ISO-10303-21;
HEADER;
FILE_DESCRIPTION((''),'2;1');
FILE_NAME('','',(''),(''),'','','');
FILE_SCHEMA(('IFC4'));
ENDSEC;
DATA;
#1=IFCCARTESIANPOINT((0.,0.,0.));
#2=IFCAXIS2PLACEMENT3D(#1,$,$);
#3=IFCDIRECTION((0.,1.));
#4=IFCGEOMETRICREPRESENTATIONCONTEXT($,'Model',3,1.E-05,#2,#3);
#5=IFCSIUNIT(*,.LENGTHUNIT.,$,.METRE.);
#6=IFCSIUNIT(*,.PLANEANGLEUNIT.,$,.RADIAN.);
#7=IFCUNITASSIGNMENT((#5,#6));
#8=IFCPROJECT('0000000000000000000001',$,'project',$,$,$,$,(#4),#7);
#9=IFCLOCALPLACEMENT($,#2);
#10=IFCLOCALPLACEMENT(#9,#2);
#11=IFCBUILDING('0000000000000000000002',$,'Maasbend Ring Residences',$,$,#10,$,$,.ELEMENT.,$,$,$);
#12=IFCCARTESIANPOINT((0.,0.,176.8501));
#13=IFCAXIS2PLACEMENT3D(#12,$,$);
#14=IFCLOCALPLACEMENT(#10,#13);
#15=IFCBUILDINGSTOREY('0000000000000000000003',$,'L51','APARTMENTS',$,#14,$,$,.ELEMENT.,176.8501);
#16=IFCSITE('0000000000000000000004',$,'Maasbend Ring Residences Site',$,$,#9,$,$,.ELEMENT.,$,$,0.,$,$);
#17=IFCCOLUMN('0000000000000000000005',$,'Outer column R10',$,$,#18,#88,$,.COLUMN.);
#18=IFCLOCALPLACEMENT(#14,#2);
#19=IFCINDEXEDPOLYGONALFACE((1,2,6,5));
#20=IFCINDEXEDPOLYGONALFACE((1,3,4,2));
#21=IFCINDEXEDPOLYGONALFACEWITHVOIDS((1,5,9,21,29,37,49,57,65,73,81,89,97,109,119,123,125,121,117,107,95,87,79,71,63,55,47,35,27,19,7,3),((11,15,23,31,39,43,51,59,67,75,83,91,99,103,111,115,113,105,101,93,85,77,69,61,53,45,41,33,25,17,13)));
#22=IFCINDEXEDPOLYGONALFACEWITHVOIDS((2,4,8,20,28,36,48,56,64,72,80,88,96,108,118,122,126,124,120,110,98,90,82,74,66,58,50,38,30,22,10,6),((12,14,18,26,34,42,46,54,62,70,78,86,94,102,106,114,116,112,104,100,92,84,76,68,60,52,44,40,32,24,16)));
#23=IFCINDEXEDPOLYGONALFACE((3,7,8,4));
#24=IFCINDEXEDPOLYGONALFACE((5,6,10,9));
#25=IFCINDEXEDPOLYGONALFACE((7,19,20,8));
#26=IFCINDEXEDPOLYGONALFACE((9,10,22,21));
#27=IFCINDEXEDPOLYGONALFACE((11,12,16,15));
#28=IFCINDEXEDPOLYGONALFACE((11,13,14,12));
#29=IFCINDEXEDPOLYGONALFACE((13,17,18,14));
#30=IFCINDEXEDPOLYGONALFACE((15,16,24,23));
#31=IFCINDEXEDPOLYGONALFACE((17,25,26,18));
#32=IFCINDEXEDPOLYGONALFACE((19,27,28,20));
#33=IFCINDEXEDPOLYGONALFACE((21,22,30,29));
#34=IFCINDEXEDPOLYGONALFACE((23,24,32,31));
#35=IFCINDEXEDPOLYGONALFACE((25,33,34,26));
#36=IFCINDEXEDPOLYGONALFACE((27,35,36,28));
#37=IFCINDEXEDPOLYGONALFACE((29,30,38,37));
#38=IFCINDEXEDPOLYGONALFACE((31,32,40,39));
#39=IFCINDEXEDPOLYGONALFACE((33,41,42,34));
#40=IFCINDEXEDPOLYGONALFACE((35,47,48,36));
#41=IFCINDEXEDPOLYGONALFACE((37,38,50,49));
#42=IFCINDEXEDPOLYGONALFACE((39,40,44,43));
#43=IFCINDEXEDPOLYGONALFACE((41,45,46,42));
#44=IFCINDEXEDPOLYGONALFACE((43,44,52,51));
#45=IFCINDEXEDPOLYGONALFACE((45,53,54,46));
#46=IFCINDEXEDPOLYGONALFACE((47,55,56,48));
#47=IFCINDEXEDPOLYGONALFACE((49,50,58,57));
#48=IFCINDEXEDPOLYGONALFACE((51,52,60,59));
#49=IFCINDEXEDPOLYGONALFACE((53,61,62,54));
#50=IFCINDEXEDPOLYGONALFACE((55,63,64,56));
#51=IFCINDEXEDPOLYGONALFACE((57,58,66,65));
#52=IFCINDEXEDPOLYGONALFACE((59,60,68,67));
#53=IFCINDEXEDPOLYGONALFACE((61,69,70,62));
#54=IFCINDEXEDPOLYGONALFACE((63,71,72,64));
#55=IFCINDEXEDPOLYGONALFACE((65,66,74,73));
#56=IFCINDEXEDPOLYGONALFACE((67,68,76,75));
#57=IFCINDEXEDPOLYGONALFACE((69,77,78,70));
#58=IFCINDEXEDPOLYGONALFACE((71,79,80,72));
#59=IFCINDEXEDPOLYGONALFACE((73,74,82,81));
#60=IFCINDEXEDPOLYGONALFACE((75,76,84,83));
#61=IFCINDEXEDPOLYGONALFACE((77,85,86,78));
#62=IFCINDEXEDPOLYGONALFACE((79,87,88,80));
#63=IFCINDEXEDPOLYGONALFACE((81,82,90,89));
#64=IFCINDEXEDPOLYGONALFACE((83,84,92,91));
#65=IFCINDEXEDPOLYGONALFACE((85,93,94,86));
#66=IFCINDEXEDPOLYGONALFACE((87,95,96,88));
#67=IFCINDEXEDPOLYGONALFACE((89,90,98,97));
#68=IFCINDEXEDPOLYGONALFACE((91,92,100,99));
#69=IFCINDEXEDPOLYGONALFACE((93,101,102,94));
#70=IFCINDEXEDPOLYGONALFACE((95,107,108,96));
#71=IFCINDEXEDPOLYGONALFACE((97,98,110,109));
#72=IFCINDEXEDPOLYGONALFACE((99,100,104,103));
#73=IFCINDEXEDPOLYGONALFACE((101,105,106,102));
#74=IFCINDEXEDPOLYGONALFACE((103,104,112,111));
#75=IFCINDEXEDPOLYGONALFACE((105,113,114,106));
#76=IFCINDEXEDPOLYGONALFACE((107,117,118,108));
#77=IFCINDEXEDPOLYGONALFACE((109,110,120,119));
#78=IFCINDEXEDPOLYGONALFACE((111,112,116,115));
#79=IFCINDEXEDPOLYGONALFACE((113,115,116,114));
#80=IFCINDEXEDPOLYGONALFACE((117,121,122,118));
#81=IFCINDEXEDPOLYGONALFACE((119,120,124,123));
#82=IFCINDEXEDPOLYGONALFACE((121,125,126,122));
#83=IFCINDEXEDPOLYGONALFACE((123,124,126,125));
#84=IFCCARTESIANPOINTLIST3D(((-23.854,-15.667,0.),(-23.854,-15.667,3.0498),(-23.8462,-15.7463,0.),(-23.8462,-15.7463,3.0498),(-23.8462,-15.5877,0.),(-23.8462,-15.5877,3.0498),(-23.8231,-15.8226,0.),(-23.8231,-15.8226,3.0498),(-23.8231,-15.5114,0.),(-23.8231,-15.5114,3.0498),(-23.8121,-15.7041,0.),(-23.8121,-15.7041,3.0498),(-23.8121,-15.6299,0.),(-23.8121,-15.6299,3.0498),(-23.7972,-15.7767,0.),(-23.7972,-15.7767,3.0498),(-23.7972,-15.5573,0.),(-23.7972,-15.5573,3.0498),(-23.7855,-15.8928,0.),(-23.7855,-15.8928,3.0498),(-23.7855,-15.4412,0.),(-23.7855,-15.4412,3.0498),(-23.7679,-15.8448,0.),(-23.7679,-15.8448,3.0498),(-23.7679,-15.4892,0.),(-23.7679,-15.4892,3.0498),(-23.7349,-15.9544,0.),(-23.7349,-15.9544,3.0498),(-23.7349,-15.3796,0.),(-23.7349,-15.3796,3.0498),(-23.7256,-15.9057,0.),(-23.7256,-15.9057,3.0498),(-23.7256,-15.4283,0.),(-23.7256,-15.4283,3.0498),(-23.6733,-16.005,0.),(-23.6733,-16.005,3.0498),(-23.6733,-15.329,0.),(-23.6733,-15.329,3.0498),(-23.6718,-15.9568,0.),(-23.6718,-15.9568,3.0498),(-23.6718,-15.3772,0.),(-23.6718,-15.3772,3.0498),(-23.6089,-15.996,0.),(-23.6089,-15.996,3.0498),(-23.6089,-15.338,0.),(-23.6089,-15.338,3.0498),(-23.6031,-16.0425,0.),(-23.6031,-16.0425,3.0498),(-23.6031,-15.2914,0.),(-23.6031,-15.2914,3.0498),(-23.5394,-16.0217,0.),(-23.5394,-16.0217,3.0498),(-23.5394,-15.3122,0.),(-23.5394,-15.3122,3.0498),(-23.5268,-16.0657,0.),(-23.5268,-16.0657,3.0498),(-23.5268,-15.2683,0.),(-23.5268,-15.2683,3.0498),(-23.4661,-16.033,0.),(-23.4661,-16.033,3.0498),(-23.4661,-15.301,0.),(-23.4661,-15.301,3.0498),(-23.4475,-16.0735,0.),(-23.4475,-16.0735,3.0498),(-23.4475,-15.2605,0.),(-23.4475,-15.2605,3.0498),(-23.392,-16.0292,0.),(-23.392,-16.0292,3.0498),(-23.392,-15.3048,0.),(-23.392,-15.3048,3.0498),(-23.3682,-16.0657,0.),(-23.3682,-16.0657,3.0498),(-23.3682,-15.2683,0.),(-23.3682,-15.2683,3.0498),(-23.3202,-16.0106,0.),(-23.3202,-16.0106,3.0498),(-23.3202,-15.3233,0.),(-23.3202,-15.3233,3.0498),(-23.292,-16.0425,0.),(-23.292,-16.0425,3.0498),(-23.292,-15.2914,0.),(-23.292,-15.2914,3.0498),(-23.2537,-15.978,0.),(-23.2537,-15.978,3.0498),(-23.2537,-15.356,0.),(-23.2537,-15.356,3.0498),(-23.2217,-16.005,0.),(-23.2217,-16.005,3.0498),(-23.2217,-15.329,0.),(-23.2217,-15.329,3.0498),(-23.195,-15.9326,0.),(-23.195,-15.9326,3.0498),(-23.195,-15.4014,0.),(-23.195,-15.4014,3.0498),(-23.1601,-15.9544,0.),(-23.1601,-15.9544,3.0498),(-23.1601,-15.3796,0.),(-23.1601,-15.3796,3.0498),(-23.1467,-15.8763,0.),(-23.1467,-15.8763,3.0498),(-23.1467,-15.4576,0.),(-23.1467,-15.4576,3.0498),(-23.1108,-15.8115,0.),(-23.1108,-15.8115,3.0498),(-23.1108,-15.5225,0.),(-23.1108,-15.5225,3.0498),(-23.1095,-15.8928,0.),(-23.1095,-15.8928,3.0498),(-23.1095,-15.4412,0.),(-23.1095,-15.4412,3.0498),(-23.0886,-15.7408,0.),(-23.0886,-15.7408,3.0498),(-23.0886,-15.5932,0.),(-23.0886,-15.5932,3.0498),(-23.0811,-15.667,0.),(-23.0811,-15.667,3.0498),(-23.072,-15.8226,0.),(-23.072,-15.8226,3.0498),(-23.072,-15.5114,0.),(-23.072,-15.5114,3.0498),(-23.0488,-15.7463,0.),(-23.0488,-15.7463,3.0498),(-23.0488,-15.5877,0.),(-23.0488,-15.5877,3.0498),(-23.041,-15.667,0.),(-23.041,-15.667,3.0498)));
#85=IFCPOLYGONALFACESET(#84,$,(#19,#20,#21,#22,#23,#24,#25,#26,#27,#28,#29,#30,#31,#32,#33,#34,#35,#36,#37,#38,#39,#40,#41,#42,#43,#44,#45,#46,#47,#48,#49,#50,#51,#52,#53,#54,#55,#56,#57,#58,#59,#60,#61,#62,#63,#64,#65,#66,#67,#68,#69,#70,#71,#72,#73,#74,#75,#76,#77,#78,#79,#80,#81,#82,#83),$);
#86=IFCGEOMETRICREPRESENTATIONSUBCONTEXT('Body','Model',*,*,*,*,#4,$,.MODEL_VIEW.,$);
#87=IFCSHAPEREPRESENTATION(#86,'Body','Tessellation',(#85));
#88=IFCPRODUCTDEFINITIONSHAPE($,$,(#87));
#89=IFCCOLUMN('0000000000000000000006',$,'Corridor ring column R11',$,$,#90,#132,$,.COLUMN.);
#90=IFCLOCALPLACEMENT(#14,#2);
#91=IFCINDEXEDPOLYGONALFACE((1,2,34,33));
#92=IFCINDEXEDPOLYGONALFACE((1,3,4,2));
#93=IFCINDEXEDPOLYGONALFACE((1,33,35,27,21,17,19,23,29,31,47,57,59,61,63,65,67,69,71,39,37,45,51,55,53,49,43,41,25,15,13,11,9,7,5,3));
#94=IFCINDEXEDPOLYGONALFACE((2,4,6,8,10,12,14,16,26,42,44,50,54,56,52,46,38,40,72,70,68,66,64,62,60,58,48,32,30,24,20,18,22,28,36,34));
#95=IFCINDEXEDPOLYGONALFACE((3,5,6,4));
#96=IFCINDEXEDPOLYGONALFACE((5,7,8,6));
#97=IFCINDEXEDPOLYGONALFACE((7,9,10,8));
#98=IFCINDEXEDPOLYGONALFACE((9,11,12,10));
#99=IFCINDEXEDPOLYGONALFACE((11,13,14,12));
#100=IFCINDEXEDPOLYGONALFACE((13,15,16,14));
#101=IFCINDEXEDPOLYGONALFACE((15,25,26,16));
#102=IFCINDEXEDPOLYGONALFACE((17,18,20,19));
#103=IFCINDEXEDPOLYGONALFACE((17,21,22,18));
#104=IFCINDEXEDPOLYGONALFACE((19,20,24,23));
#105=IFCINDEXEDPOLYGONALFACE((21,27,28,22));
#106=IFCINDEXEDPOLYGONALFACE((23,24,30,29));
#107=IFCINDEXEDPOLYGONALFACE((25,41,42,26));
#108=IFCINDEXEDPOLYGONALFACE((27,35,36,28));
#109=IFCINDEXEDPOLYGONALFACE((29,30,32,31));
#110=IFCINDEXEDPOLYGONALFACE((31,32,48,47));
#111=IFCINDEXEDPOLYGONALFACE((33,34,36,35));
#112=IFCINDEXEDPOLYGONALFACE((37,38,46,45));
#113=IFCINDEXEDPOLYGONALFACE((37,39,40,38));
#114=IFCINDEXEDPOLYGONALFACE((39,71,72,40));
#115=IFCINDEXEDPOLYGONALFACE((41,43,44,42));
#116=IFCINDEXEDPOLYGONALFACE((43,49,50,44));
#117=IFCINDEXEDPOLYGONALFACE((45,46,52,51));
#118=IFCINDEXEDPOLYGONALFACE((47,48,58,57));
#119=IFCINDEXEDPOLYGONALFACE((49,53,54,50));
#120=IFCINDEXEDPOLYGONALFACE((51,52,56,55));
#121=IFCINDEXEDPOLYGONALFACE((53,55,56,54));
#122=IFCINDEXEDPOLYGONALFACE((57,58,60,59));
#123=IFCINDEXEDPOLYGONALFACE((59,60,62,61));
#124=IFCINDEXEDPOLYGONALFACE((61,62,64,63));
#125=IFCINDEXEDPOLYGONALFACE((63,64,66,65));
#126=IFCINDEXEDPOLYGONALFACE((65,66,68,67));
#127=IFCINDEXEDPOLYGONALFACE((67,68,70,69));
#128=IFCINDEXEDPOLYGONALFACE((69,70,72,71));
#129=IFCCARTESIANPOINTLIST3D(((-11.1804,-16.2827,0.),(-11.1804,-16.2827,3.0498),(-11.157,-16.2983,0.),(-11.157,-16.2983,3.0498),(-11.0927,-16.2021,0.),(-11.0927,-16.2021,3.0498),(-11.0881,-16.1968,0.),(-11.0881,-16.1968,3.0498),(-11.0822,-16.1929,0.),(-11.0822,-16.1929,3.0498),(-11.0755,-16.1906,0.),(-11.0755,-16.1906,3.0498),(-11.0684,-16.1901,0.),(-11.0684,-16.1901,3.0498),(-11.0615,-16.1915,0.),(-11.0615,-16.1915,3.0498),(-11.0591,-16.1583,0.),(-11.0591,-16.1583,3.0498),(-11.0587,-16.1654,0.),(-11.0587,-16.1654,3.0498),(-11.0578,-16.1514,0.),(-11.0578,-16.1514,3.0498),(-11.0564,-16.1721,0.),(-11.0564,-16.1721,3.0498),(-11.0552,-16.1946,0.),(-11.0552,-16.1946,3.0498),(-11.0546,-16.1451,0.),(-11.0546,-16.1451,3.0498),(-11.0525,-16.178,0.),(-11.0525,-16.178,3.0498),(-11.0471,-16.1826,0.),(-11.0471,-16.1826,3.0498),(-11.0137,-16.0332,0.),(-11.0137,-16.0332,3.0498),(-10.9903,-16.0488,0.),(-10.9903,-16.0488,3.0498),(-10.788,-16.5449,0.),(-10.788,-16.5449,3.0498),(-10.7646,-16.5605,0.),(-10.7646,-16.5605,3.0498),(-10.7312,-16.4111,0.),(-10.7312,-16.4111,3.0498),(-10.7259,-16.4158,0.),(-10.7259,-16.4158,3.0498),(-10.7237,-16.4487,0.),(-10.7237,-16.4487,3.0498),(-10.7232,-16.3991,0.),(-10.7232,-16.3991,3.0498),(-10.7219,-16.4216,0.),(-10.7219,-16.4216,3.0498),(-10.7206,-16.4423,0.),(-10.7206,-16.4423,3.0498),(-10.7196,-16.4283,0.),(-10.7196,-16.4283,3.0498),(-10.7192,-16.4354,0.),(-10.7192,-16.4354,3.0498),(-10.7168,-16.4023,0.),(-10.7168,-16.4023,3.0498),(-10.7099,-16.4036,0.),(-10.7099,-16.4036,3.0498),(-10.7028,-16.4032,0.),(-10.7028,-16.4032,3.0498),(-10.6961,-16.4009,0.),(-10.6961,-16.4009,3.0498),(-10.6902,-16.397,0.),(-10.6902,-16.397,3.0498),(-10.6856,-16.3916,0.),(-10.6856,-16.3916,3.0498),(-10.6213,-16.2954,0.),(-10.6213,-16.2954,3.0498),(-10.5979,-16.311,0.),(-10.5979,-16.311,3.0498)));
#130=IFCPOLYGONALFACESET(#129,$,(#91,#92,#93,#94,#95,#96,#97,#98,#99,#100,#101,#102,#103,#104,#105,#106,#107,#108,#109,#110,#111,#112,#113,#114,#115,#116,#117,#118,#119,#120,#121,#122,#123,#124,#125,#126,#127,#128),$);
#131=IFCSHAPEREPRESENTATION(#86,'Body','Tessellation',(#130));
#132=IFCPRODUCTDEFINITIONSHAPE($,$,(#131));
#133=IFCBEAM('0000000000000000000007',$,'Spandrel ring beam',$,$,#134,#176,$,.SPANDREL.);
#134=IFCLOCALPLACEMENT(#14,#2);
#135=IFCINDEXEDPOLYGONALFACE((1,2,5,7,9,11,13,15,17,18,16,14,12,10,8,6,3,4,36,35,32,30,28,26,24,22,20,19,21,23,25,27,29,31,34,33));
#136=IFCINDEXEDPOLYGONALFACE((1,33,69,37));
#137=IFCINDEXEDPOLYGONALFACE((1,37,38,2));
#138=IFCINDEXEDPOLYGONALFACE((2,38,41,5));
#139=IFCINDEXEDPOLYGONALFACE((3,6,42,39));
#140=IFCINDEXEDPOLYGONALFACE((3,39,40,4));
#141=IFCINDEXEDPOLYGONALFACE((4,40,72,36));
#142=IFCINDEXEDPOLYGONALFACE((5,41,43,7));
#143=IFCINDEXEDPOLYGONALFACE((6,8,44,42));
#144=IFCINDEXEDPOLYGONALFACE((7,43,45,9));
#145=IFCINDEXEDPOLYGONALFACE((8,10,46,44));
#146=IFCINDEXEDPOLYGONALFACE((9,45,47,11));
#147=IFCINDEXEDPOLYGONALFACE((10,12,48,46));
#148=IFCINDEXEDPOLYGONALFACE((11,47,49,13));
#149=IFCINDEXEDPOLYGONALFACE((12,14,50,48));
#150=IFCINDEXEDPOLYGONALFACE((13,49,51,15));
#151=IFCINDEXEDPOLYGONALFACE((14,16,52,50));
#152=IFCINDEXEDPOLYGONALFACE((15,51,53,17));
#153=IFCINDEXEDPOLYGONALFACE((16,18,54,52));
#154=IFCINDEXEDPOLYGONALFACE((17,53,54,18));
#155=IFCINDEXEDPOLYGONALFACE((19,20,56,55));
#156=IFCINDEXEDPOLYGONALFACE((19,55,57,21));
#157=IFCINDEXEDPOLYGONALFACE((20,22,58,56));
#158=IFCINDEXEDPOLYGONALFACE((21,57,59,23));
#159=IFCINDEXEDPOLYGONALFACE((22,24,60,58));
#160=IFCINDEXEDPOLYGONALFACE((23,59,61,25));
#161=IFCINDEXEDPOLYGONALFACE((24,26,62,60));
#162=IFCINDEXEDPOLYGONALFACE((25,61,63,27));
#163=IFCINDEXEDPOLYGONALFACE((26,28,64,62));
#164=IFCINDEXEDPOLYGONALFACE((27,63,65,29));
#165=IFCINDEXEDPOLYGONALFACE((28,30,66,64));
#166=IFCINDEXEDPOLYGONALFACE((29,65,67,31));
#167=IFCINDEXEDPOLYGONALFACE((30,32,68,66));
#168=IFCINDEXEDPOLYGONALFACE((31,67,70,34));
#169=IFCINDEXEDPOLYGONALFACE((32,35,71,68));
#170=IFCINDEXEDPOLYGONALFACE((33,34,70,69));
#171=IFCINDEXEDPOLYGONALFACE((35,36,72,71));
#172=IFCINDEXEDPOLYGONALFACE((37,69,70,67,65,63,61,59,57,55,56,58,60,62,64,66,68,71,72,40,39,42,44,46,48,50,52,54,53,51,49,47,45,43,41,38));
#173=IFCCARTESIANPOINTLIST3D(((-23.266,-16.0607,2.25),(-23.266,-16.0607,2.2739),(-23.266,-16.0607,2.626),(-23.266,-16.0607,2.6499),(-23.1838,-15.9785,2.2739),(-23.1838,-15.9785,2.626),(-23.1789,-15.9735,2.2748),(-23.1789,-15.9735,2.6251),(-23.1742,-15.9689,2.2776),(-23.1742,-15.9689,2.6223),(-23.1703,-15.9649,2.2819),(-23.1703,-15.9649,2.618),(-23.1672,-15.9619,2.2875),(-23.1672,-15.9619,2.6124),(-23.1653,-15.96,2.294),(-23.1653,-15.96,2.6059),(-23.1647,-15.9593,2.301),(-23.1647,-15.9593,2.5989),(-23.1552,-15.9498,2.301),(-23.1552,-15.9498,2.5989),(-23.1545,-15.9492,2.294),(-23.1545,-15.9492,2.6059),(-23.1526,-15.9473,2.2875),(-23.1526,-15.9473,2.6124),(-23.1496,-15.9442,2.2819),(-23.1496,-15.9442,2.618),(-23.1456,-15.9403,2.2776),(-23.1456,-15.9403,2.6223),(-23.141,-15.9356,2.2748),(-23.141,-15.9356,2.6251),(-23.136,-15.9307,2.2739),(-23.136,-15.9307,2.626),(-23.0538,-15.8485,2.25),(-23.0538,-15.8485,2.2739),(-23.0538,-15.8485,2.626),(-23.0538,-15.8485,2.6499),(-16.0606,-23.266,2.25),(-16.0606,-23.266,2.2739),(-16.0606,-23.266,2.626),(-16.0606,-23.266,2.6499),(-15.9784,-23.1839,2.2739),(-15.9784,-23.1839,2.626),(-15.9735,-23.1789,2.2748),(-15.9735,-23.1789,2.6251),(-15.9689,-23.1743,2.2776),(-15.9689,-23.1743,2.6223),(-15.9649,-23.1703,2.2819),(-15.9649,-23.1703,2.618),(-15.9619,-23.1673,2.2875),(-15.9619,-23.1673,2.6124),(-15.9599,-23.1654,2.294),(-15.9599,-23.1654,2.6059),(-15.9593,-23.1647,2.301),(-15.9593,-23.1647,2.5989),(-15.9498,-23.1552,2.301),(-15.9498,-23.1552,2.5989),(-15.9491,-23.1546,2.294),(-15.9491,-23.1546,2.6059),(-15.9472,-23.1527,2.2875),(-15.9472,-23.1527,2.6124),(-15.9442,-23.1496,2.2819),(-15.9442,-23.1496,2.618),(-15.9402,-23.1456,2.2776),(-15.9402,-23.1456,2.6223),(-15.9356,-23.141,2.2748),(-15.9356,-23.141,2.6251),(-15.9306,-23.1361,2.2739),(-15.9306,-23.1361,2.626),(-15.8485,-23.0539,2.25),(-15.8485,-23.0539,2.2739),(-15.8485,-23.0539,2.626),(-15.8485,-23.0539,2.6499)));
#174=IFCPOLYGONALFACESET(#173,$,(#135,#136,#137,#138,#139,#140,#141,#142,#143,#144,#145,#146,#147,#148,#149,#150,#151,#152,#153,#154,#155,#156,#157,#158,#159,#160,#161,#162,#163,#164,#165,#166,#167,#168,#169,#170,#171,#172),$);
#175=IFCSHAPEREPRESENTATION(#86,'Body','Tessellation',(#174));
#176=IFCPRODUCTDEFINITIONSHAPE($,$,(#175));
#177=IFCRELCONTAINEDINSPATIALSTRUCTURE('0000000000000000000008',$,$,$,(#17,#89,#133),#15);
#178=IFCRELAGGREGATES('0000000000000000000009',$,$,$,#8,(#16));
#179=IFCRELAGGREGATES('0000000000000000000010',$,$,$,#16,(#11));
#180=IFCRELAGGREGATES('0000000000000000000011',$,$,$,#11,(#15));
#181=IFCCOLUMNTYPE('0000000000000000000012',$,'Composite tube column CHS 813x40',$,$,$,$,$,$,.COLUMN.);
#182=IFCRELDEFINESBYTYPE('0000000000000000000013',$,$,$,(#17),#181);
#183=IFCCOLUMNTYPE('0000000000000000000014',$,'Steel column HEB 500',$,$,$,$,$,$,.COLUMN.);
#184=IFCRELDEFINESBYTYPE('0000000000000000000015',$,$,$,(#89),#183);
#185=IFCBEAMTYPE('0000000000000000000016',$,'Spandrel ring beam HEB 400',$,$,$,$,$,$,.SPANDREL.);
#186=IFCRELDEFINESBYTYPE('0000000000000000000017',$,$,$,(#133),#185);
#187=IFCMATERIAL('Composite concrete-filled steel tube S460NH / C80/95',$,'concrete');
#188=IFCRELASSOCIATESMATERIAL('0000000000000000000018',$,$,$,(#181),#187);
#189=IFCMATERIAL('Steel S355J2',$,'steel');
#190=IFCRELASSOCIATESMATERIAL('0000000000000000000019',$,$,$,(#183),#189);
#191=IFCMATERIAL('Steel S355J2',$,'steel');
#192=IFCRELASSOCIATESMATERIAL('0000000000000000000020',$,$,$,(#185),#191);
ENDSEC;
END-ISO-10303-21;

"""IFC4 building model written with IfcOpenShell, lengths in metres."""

from ifc_helpers import new_model, si_unit, direction, frame, origin, origin_2d, place, context, subcontext, project, spatial, hollow_circle, i_section, extrude, material, material_profile, profile_set, type_object, element, save


model = new_model("IFC4")

# Units and contexts
model_context = context("Model", 3, precision=1e-05, world=origin(), true_north=direction((0.0, 1.0)))
body_context = subcontext(model_context, "Body", "Model", "MODEL_VIEW")
ifc_project = project(units=[si_unit("LENGTHUNIT", "METRE"), si_unit("PLANEANGLEUNIT", "RADIAN")], contexts=[model_context])

# Site, building, storey
site_placement = place(None, origin())
site = spatial("IfcSite", under=ifc_project, at=site_placement, Name="Maasbend Ring Residences Site", CompositionType="ELEMENT", RefElevation=0.0)
building_placement = place(site_placement, origin())
building = spatial("IfcBuilding", under=site, at=building_placement, Name="Maasbend Ring Residences", CompositionType="ELEMENT")
storey_placement = place(building_placement, frame((0.0, 0.0, 176.8501)))
storey = spatial("IfcBuildingStorey", under=building, at=storey_placement, Name="L51", Description="APARTMENTS", CompositionType="ELEMENT", Elevation=176.8501)

# Columns
ifc_material_1 = material(Name="Composite concrete-filled steel tube S460NH / C80/95", Category="concrete")
ifc_material_profile_1 = material_profile(ifc_material_1, hollow_circle(Radius=0.4065, WallThickness=0.04, at=origin_2d()), Name="Composite tube column CHS 813x40")
ifc_profile_set_1 = profile_set([ifc_material_profile_1], Name="Composite concrete-filled steel tube S460NH / C80/95")
column_type_1 = type_object("IfcColumnType", Name="Composite tube column CHS 813x40", PredefinedType="COLUMN", material=ifc_profile_set_1)
column_1_placement = place(storey_placement, frame((-23.4475, -15.667, 0.0), z_axis=(0.0, 0.0, 1.0), x_axis=(1.0, 0.0, 0.0)))
element("IfcColumn", 1, at=column_1_placement, inside=storey, type_object=column_type_1, Name="Outer column R10", PredefinedType="COLUMN", context=body_context, shape_type="SweptSolid", body=[
    extrude(hollow_circle(Radius=0.4065, WallThickness=0.04, at=origin_2d()), origin(), (0.0, 0.0, 1.0), 3.0498),
])
ifc_material_2 = material(Name="Steel S355J2", Category="steel")
ifc_material_profile_2 = material_profile(ifc_material_2, i_section(OverallWidth=0.3, OverallDepth=0.5, WebThickness=0.0144, FlangeThickness=0.0281, FilletRadius=0.0271, at=origin_2d()), Name="HEB 500")
ifc_profile_set_2 = profile_set([ifc_material_profile_2], Name="Steel S355J2")
column_type_2 = type_object("IfcColumnType", Name="Steel column HEB 500", PredefinedType="COLUMN", material=ifc_profile_set_2)
column_2_placement = place(storey_placement, frame((-10.8892, -16.2969, 0.0), z_axis=(0.0, 0.0, 1.0), x_axis=(-0.55557, -0.83147, 0.0)))
element("IfcColumn", 2, at=column_2_placement, inside=storey, type_object=column_type_2, Name="Corridor ring column R11", PredefinedType="COLUMN", context=body_context, shape_type="SweptSolid", body=[
    extrude(i_section(OverallWidth=0.3, OverallDepth=0.5, WebThickness=0.0144, FlangeThickness=0.0281, FilletRadius=0.0271, at=origin_2d()), origin(), (0.0, 0.0, 1.0), 3.0498),
])

# Beam
ifc_material_3 = material(Name="Steel S355J2", Category="steel")
ifc_material_profile_3 = material_profile(ifc_material_3, i_section(OverallWidth=0.3, OverallDepth=0.3999, WebThickness=0.0134, FlangeThickness=0.0239, FilletRadius=0.0271, at=origin_2d()), Name="HEB 400")
ifc_profile_set_3 = profile_set([ifc_material_profile_3], Name="Steel S355J2")
beam_type = type_object("IfcBeamType", Name="Spandrel ring beam HEB 400", PredefinedType="SPANDREL", material=ifc_profile_set_3)
beam_placement = place(storey_placement, frame((-23.1599, -15.9546, 2.45), z_axis=(0.707107, -0.707107, 0.0), x_axis=(0.707107, 0.707107, 0.0)))
element("IfcBeam", 3, at=beam_placement, inside=storey, type_object=beam_type, Name="Spandrel ring beam", PredefinedType="SPANDREL", context=body_context, shape_type="SweptSolid", body=[
    extrude(i_section(OverallWidth=0.3, OverallDepth=0.3999, WebThickness=0.0134, FlangeThickness=0.0239, FilletRadius=0.0271, at=origin_2d()), origin(), (0.0, 0.0, 1.0), 10.1899),
])

save(model, "model.ifc")
